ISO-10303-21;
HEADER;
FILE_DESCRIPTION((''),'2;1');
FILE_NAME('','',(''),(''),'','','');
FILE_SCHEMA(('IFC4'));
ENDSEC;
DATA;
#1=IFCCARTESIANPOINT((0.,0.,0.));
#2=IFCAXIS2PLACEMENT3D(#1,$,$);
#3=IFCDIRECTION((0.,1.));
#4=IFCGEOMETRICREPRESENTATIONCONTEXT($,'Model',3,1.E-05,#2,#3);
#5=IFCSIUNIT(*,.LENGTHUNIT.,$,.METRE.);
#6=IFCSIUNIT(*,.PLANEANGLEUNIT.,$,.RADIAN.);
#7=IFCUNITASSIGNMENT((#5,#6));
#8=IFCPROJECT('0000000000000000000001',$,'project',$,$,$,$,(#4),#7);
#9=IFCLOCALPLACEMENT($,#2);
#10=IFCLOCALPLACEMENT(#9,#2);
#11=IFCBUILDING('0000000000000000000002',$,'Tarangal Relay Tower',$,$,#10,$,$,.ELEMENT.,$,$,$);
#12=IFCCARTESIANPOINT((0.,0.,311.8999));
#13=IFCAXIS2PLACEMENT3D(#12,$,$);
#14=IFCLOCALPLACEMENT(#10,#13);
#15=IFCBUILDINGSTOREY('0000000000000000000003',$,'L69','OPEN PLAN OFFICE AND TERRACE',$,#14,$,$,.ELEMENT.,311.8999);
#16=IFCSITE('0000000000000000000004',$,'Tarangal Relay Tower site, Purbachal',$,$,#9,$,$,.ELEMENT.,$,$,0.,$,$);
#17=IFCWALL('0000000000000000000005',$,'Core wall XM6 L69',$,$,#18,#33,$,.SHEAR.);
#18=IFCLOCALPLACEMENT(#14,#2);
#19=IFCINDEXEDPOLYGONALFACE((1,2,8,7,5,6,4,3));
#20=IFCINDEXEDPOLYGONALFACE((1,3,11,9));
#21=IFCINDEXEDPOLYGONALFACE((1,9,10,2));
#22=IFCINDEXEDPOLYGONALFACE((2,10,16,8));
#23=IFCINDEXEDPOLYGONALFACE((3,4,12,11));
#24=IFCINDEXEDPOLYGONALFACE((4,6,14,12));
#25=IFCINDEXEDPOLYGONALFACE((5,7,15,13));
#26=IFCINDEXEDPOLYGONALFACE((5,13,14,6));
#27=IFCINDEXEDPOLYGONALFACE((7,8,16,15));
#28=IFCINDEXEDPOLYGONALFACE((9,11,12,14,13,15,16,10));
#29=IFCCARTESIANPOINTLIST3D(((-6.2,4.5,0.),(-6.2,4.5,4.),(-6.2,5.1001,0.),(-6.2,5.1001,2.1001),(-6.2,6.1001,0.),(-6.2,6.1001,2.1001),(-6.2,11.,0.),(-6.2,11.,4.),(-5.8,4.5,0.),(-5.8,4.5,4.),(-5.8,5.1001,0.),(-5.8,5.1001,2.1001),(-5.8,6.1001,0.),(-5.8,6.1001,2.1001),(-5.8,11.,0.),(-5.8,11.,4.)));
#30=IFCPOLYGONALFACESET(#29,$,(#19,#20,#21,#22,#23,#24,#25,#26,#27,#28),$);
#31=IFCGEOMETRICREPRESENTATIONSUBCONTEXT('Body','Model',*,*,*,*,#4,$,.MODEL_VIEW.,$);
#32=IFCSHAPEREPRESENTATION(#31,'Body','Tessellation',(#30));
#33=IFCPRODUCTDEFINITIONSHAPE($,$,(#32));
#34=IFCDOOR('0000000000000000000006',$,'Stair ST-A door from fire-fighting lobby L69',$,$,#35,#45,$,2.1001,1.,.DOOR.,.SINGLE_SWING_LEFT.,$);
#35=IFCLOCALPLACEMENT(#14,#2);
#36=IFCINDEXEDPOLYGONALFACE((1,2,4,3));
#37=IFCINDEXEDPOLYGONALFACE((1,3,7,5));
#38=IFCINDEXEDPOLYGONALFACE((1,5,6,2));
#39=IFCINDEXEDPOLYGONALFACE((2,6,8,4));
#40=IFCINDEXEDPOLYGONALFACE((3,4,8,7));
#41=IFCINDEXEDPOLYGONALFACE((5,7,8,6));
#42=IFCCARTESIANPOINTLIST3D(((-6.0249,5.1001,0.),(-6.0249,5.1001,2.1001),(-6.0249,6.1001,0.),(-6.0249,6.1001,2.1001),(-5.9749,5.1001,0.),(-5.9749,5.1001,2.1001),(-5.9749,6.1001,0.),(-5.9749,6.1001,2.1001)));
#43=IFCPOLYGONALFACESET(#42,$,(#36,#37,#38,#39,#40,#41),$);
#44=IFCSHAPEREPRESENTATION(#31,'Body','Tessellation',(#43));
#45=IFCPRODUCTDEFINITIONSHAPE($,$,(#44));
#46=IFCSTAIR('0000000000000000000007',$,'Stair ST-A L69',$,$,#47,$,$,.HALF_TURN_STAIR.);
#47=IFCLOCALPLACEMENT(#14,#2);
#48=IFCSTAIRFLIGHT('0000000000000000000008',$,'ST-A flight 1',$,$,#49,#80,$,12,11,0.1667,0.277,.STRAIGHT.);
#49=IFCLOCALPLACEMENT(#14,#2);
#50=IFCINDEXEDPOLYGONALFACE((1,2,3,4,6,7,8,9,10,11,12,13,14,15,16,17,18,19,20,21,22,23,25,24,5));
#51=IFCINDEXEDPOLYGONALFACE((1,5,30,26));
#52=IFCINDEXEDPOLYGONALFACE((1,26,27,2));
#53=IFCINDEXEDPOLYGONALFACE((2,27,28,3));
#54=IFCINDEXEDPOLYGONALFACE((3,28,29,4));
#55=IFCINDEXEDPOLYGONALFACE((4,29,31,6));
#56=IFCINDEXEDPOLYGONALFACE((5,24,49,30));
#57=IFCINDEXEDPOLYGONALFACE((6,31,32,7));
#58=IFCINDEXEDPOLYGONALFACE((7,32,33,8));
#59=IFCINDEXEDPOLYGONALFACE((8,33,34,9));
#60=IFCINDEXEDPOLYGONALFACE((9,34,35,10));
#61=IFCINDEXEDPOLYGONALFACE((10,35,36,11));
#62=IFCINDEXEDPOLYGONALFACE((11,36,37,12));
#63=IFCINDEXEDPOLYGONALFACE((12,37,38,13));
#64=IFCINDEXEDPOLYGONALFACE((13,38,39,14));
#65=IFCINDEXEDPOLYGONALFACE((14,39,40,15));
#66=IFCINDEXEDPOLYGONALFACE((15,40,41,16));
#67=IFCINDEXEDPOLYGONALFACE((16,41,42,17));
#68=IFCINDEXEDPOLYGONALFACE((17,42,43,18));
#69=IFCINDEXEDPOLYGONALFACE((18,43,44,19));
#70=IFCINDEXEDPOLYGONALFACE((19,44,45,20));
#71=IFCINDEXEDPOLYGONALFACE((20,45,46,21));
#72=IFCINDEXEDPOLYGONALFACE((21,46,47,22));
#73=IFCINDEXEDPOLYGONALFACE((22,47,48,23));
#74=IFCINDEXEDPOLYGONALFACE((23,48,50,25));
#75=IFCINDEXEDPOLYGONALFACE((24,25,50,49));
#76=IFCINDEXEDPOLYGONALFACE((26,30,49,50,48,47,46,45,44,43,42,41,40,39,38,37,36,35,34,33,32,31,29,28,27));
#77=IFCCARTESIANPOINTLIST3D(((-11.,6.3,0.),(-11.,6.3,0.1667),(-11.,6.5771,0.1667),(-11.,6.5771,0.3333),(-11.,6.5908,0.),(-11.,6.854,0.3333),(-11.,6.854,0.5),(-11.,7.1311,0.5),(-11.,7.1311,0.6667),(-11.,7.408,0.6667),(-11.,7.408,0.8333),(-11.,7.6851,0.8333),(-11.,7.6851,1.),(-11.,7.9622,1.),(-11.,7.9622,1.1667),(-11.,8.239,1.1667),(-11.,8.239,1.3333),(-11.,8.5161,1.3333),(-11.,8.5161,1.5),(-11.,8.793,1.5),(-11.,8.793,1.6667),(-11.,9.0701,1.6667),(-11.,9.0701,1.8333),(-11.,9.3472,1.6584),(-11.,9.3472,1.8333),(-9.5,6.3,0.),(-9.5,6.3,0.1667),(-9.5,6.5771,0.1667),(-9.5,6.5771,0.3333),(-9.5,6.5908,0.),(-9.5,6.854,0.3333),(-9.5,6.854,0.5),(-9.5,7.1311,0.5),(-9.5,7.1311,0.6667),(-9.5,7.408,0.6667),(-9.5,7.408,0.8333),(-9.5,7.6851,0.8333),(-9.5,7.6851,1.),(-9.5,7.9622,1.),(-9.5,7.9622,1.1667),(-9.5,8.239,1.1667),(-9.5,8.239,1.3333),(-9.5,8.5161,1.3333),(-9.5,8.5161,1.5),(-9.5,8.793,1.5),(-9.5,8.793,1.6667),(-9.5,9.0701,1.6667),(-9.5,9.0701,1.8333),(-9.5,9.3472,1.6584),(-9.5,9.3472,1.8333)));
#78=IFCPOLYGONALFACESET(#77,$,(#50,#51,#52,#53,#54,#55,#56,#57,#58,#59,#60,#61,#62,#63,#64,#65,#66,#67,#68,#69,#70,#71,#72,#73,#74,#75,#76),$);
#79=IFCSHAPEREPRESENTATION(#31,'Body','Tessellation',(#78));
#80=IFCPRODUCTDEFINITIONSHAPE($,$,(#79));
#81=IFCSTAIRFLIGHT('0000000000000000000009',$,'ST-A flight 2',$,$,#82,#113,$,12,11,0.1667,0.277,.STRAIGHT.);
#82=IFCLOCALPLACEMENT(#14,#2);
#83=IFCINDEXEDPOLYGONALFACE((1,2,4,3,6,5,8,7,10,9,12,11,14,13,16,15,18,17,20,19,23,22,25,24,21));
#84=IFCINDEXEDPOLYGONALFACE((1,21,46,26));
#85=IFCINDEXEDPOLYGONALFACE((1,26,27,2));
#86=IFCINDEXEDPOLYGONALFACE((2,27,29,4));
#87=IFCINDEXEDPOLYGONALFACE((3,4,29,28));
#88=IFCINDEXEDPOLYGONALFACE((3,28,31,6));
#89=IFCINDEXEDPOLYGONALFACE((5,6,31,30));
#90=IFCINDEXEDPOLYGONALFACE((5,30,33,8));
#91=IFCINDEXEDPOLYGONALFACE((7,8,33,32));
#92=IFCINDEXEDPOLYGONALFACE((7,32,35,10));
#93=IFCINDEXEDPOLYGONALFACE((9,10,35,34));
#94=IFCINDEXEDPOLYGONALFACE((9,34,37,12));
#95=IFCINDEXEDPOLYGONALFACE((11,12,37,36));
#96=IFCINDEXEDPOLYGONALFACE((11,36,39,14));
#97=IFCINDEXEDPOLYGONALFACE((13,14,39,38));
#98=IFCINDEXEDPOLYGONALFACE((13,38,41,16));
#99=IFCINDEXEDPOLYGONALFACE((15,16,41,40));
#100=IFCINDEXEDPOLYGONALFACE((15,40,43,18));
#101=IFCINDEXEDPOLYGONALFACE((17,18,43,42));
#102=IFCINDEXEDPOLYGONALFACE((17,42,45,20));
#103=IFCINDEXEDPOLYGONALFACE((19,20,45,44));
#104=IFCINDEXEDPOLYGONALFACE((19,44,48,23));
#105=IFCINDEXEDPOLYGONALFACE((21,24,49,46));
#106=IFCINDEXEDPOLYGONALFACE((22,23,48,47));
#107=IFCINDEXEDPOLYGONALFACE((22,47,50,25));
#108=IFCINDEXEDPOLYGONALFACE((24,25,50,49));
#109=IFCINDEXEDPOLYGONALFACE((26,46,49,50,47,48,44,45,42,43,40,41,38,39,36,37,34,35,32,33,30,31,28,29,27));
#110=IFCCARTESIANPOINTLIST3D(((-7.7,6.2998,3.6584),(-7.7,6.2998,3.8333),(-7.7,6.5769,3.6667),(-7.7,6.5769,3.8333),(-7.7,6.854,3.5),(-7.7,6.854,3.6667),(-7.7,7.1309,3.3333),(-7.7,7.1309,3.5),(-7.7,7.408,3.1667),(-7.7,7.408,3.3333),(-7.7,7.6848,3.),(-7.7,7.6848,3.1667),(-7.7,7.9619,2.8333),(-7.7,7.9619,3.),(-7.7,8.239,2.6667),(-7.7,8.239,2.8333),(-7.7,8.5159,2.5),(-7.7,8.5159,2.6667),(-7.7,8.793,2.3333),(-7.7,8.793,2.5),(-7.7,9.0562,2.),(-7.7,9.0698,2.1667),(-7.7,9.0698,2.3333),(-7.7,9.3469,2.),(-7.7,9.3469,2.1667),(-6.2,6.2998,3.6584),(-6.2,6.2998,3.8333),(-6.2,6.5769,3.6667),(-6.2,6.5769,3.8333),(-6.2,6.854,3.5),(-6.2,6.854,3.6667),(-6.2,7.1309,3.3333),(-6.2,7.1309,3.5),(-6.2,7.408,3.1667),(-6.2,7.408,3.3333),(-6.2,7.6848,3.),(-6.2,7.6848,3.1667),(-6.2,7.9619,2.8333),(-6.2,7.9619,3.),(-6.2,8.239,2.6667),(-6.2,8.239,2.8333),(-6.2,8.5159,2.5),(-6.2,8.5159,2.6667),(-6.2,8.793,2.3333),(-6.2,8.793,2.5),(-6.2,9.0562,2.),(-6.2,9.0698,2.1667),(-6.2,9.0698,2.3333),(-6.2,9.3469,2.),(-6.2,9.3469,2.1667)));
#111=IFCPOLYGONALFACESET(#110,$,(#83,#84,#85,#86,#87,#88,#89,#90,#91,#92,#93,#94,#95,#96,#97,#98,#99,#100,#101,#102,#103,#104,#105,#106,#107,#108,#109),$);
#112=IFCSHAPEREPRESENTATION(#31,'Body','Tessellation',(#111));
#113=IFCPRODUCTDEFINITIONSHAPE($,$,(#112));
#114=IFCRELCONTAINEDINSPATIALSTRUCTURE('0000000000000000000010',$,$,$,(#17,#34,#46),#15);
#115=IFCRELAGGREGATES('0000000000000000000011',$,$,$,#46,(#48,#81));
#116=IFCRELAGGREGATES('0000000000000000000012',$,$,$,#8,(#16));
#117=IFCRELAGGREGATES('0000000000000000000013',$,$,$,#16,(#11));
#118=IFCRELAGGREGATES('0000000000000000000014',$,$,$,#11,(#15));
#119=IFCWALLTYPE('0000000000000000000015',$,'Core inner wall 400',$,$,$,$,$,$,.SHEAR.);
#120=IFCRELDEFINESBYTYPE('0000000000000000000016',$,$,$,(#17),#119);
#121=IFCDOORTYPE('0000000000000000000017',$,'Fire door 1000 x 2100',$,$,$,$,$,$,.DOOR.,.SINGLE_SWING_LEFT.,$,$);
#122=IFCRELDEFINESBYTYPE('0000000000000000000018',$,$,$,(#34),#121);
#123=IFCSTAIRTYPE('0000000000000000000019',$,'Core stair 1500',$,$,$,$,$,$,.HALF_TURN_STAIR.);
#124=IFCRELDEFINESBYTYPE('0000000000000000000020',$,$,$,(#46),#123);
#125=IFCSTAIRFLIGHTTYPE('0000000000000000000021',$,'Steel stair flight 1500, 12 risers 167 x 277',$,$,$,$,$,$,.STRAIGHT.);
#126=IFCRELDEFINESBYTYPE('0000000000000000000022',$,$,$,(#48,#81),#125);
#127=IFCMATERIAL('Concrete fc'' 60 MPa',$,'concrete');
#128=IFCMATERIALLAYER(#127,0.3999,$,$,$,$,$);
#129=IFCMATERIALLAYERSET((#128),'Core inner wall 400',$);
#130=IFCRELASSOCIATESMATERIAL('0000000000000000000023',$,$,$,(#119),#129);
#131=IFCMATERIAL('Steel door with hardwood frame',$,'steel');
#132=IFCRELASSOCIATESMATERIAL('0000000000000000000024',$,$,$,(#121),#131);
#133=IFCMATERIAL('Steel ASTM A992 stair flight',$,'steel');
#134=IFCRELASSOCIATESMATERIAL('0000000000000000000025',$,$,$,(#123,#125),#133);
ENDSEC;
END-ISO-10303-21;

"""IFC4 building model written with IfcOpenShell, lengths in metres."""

from ifc_helpers import new_model, si_unit, direction, frame, frame_2d, origin, place, context, subcontext, project, spatial, polyline, rectangle, outline, extrude, material, layer, layer_set, type_object, element, fill, aggregate, save


model = new_model("IFC4")

# Units and contexts
model_context = context("Model", 3, precision=1e-05, world=origin(), true_north=direction((0.0, 1.0)))
body_context = subcontext(model_context, "Body", "Model", "MODEL_VIEW")
ifc_project = project(units=[si_unit("LENGTHUNIT", "METRE"), si_unit("PLANEANGLEUNIT", "RADIAN")], contexts=[model_context])

# Site, building, storey
site_placement = place(None, origin())
site = spatial("IfcSite", under=ifc_project, at=site_placement, Name="Tarangal Relay Tower site, Purbachal", CompositionType="ELEMENT", RefElevation=0.0)
building_placement = place(site_placement, origin())
building = spatial("IfcBuilding", under=site, at=building_placement, Name="Tarangal Relay Tower", CompositionType="ELEMENT")
storey_placement = place(building_placement, frame((0.0, 0.0, 311.8999)))
storey = spatial("IfcBuildingStorey", under=building, at=storey_placement, Name="L69", Description="OPEN PLAN OFFICE AND TERRACE", CompositionType="ELEMENT", Elevation=311.8999)

# Shared definitions
ifc_material_1 = material(Name="Concrete fc' 60 MPa", Category="concrete")
ifc_layer = layer(ifc_material_1, 0.3999)
ifc_layer_set = layer_set([ifc_layer], Name="Core inner wall 400")
wall_type = type_object("IfcWallType", Name="Core inner wall 400", PredefinedType="SHEAR", material=ifc_layer_set)
ifc_material_2 = material(Name="Steel door with hardwood frame", Category="steel")

# Wall, opening, door
wall_1_placement = place(storey_placement, frame((-6.0, 4.5, 0.0), z_axis=(0.0, 0.0, 1.0), x_axis=(0.0, 1.0, 0.0)))
wall_1 = element("IfcWall", 1, at=wall_1_placement, inside=storey, type_object=wall_type, Name="Core wall XM6 L69", PredefinedType="SHEAR", context=body_context, shape_type="SweptSolid", body=[
    extrude(rectangle(XDim=6.5, YDim=0.3999, at=frame_2d((3.25, 0.0))), origin(), (0.0, 0.0, 1.0), 4.0),
])
opening_1_placement = place(wall_1_placement, frame((0.6001, 0.0, 0.0)))
opening_1 = element("IfcOpeningElement", 2, at=opening_1_placement, cuts=wall_1, PredefinedType="OPENING", context=body_context, shape_type="SweptSolid", body=[
    extrude(rectangle(XDim=1.0, YDim=2.1001, at=frame_2d((0.5, 1.05))), frame((0.0, 0.21, 0.0), z_axis=(0.0, -1.0, 0.0), x_axis=(1.0, 0.0, 0.0)), (0.0, 0.0, 1.0), 0.4199),
])
door_type_1 = type_object("IfcDoorType", Name="Fire door 1000 x 2100", OperationType="SINGLE_SWING_LEFT", PredefinedType="DOOR", material=ifc_material_2)
door_1_placement = place(opening_1_placement, origin())
door_1 = element("IfcDoor", 3, at=door_1_placement, inside=storey, type_object=door_type_1, Name="Stair ST-A door from fire-fighting lobby L69", OperationType="SINGLE_SWING_LEFT", OverallHeight=2.1001, OverallWidth=1.0, PredefinedType="DOOR", context=body_context, shape_type="SweptSolid", body=[
    extrude(rectangle(XDim=1.0, YDim=2.1001, at=frame_2d((0.5, 1.05))), frame((0.0, 0.0249, 0.0), z_axis=(0.0, -1.0, 0.0), x_axis=(1.0, 0.0, 0.0)), (0.0, 0.0, 1.0), 0.05),
])
fill(opening_1, door_1)

# Stair, stair flights
ifc_material_3 = material(Name="Steel ASTM A992 stair flight", Category="steel")
stair_type = type_object("IfcStairType", Name="Core stair 1500", PredefinedType="HALF_TURN_STAIR", material=ifc_material_3)
stair_placement = place(storey_placement, origin())
stair = element("IfcStair", 4, at=stair_placement, inside=storey, type_object=stair_type, Name="Stair ST-A L69", PredefinedType="HALF_TURN_STAIR")
stair_flight_type = type_object("IfcStairFlightType", Name="Steel stair flight 1500, 12 risers 167 x 277", PredefinedType="STRAIGHT", material=ifc_material_3)
stair_flight_1_placement = place(storey_placement, frame((-10.25, 6.3, 0.0), z_axis=(0.0, 0.0, 1.0), x_axis=(0.0, 1.0, 0.0)))
stair_flight_1 = element("IfcStairFlight", 5, at=stair_flight_1_placement, type_object=stair_flight_type, Name="ST-A flight 1", NumberOfRisers=12, NumberOfTreads=11, PredefinedType="STRAIGHT", RiserHeight=0.1667, TreadLength=0.277, context=body_context, shape_type="SweptSolid", body=[
    extrude(outline(polyline([(0.0, 0.0), (0.0, 0.1667), (0.2771, 0.1667), (0.2771, 0.3333), (0.554, 0.3333), (0.554, 0.5), (0.8311, 0.5), (0.8311, 0.6667), (1.1079, 0.6667), (1.1079, 0.8333), (1.385, 0.8333), (1.385, 1.0), (1.6621, 1.0), (1.6621, 1.1667), (1.939, 1.1667), (1.939, 1.3333), (2.2161, 1.3333), (2.2161, 1.5), (2.4929, 1.5), (2.4929, 1.6667), (2.77, 1.6667), (2.77, 1.8333), (3.0471, 1.8333), (3.0471, 2.0), (3.0471, 1.6584), (0.2908, 0.0), (0.0, 0.0)])), frame((0.0, 0.75, 0.0), z_axis=(0.0, -1.0, 0.0), x_axis=(1.0, 0.0, 0.0)), (0.0, 0.0, 1.0), 1.5),
])
stair_flight_2_placement = place(storey_placement, frame((-6.95, 9.3469, 2.0), z_axis=(0.0, 0.0, 1.0), x_axis=(0.0, -1.0, 0.0)))
stair_flight_2 = element("IfcStairFlight", 6, at=stair_flight_2_placement, type_object=stair_flight_type, Name="ST-A flight 2", NumberOfRisers=12, NumberOfTreads=11, PredefinedType="STRAIGHT", RiserHeight=0.1667, TreadLength=0.277, context=body_context, shape_type="SweptSolid", body=[
    extrude(outline(polyline([(0.0, 0.0), (0.0, 0.1667), (0.2771, 0.1667), (0.2771, 0.3333), (0.554, 0.3333), (0.554, 0.5), (0.8311, 0.5), (0.8311, 0.6667), (1.1079, 0.6667), (1.1079, 0.8333), (1.385, 0.8333), (1.385, 1.0), (1.6621, 1.0), (1.6621, 1.1667), (1.939, 1.1667), (1.939, 1.3333), (2.2161, 1.3333), (2.2161, 1.5), (2.4929, 1.5), (2.4929, 1.6667), (2.77, 1.6667), (2.77, 1.8333), (3.0471, 1.8333), (3.0471, 2.0), (3.0471, 1.6584), (0.2908, 0.0), (0.0, 0.0)])), frame((0.0, 0.75, 0.0), z_axis=(0.0, -1.0, 0.0), x_axis=(1.0, 0.0, 0.0)), (0.0, 0.0, 1.0), 1.5),
])
aggregate(stair, [stair_flight_1, stair_flight_2])

save(model, "model.ifc")
